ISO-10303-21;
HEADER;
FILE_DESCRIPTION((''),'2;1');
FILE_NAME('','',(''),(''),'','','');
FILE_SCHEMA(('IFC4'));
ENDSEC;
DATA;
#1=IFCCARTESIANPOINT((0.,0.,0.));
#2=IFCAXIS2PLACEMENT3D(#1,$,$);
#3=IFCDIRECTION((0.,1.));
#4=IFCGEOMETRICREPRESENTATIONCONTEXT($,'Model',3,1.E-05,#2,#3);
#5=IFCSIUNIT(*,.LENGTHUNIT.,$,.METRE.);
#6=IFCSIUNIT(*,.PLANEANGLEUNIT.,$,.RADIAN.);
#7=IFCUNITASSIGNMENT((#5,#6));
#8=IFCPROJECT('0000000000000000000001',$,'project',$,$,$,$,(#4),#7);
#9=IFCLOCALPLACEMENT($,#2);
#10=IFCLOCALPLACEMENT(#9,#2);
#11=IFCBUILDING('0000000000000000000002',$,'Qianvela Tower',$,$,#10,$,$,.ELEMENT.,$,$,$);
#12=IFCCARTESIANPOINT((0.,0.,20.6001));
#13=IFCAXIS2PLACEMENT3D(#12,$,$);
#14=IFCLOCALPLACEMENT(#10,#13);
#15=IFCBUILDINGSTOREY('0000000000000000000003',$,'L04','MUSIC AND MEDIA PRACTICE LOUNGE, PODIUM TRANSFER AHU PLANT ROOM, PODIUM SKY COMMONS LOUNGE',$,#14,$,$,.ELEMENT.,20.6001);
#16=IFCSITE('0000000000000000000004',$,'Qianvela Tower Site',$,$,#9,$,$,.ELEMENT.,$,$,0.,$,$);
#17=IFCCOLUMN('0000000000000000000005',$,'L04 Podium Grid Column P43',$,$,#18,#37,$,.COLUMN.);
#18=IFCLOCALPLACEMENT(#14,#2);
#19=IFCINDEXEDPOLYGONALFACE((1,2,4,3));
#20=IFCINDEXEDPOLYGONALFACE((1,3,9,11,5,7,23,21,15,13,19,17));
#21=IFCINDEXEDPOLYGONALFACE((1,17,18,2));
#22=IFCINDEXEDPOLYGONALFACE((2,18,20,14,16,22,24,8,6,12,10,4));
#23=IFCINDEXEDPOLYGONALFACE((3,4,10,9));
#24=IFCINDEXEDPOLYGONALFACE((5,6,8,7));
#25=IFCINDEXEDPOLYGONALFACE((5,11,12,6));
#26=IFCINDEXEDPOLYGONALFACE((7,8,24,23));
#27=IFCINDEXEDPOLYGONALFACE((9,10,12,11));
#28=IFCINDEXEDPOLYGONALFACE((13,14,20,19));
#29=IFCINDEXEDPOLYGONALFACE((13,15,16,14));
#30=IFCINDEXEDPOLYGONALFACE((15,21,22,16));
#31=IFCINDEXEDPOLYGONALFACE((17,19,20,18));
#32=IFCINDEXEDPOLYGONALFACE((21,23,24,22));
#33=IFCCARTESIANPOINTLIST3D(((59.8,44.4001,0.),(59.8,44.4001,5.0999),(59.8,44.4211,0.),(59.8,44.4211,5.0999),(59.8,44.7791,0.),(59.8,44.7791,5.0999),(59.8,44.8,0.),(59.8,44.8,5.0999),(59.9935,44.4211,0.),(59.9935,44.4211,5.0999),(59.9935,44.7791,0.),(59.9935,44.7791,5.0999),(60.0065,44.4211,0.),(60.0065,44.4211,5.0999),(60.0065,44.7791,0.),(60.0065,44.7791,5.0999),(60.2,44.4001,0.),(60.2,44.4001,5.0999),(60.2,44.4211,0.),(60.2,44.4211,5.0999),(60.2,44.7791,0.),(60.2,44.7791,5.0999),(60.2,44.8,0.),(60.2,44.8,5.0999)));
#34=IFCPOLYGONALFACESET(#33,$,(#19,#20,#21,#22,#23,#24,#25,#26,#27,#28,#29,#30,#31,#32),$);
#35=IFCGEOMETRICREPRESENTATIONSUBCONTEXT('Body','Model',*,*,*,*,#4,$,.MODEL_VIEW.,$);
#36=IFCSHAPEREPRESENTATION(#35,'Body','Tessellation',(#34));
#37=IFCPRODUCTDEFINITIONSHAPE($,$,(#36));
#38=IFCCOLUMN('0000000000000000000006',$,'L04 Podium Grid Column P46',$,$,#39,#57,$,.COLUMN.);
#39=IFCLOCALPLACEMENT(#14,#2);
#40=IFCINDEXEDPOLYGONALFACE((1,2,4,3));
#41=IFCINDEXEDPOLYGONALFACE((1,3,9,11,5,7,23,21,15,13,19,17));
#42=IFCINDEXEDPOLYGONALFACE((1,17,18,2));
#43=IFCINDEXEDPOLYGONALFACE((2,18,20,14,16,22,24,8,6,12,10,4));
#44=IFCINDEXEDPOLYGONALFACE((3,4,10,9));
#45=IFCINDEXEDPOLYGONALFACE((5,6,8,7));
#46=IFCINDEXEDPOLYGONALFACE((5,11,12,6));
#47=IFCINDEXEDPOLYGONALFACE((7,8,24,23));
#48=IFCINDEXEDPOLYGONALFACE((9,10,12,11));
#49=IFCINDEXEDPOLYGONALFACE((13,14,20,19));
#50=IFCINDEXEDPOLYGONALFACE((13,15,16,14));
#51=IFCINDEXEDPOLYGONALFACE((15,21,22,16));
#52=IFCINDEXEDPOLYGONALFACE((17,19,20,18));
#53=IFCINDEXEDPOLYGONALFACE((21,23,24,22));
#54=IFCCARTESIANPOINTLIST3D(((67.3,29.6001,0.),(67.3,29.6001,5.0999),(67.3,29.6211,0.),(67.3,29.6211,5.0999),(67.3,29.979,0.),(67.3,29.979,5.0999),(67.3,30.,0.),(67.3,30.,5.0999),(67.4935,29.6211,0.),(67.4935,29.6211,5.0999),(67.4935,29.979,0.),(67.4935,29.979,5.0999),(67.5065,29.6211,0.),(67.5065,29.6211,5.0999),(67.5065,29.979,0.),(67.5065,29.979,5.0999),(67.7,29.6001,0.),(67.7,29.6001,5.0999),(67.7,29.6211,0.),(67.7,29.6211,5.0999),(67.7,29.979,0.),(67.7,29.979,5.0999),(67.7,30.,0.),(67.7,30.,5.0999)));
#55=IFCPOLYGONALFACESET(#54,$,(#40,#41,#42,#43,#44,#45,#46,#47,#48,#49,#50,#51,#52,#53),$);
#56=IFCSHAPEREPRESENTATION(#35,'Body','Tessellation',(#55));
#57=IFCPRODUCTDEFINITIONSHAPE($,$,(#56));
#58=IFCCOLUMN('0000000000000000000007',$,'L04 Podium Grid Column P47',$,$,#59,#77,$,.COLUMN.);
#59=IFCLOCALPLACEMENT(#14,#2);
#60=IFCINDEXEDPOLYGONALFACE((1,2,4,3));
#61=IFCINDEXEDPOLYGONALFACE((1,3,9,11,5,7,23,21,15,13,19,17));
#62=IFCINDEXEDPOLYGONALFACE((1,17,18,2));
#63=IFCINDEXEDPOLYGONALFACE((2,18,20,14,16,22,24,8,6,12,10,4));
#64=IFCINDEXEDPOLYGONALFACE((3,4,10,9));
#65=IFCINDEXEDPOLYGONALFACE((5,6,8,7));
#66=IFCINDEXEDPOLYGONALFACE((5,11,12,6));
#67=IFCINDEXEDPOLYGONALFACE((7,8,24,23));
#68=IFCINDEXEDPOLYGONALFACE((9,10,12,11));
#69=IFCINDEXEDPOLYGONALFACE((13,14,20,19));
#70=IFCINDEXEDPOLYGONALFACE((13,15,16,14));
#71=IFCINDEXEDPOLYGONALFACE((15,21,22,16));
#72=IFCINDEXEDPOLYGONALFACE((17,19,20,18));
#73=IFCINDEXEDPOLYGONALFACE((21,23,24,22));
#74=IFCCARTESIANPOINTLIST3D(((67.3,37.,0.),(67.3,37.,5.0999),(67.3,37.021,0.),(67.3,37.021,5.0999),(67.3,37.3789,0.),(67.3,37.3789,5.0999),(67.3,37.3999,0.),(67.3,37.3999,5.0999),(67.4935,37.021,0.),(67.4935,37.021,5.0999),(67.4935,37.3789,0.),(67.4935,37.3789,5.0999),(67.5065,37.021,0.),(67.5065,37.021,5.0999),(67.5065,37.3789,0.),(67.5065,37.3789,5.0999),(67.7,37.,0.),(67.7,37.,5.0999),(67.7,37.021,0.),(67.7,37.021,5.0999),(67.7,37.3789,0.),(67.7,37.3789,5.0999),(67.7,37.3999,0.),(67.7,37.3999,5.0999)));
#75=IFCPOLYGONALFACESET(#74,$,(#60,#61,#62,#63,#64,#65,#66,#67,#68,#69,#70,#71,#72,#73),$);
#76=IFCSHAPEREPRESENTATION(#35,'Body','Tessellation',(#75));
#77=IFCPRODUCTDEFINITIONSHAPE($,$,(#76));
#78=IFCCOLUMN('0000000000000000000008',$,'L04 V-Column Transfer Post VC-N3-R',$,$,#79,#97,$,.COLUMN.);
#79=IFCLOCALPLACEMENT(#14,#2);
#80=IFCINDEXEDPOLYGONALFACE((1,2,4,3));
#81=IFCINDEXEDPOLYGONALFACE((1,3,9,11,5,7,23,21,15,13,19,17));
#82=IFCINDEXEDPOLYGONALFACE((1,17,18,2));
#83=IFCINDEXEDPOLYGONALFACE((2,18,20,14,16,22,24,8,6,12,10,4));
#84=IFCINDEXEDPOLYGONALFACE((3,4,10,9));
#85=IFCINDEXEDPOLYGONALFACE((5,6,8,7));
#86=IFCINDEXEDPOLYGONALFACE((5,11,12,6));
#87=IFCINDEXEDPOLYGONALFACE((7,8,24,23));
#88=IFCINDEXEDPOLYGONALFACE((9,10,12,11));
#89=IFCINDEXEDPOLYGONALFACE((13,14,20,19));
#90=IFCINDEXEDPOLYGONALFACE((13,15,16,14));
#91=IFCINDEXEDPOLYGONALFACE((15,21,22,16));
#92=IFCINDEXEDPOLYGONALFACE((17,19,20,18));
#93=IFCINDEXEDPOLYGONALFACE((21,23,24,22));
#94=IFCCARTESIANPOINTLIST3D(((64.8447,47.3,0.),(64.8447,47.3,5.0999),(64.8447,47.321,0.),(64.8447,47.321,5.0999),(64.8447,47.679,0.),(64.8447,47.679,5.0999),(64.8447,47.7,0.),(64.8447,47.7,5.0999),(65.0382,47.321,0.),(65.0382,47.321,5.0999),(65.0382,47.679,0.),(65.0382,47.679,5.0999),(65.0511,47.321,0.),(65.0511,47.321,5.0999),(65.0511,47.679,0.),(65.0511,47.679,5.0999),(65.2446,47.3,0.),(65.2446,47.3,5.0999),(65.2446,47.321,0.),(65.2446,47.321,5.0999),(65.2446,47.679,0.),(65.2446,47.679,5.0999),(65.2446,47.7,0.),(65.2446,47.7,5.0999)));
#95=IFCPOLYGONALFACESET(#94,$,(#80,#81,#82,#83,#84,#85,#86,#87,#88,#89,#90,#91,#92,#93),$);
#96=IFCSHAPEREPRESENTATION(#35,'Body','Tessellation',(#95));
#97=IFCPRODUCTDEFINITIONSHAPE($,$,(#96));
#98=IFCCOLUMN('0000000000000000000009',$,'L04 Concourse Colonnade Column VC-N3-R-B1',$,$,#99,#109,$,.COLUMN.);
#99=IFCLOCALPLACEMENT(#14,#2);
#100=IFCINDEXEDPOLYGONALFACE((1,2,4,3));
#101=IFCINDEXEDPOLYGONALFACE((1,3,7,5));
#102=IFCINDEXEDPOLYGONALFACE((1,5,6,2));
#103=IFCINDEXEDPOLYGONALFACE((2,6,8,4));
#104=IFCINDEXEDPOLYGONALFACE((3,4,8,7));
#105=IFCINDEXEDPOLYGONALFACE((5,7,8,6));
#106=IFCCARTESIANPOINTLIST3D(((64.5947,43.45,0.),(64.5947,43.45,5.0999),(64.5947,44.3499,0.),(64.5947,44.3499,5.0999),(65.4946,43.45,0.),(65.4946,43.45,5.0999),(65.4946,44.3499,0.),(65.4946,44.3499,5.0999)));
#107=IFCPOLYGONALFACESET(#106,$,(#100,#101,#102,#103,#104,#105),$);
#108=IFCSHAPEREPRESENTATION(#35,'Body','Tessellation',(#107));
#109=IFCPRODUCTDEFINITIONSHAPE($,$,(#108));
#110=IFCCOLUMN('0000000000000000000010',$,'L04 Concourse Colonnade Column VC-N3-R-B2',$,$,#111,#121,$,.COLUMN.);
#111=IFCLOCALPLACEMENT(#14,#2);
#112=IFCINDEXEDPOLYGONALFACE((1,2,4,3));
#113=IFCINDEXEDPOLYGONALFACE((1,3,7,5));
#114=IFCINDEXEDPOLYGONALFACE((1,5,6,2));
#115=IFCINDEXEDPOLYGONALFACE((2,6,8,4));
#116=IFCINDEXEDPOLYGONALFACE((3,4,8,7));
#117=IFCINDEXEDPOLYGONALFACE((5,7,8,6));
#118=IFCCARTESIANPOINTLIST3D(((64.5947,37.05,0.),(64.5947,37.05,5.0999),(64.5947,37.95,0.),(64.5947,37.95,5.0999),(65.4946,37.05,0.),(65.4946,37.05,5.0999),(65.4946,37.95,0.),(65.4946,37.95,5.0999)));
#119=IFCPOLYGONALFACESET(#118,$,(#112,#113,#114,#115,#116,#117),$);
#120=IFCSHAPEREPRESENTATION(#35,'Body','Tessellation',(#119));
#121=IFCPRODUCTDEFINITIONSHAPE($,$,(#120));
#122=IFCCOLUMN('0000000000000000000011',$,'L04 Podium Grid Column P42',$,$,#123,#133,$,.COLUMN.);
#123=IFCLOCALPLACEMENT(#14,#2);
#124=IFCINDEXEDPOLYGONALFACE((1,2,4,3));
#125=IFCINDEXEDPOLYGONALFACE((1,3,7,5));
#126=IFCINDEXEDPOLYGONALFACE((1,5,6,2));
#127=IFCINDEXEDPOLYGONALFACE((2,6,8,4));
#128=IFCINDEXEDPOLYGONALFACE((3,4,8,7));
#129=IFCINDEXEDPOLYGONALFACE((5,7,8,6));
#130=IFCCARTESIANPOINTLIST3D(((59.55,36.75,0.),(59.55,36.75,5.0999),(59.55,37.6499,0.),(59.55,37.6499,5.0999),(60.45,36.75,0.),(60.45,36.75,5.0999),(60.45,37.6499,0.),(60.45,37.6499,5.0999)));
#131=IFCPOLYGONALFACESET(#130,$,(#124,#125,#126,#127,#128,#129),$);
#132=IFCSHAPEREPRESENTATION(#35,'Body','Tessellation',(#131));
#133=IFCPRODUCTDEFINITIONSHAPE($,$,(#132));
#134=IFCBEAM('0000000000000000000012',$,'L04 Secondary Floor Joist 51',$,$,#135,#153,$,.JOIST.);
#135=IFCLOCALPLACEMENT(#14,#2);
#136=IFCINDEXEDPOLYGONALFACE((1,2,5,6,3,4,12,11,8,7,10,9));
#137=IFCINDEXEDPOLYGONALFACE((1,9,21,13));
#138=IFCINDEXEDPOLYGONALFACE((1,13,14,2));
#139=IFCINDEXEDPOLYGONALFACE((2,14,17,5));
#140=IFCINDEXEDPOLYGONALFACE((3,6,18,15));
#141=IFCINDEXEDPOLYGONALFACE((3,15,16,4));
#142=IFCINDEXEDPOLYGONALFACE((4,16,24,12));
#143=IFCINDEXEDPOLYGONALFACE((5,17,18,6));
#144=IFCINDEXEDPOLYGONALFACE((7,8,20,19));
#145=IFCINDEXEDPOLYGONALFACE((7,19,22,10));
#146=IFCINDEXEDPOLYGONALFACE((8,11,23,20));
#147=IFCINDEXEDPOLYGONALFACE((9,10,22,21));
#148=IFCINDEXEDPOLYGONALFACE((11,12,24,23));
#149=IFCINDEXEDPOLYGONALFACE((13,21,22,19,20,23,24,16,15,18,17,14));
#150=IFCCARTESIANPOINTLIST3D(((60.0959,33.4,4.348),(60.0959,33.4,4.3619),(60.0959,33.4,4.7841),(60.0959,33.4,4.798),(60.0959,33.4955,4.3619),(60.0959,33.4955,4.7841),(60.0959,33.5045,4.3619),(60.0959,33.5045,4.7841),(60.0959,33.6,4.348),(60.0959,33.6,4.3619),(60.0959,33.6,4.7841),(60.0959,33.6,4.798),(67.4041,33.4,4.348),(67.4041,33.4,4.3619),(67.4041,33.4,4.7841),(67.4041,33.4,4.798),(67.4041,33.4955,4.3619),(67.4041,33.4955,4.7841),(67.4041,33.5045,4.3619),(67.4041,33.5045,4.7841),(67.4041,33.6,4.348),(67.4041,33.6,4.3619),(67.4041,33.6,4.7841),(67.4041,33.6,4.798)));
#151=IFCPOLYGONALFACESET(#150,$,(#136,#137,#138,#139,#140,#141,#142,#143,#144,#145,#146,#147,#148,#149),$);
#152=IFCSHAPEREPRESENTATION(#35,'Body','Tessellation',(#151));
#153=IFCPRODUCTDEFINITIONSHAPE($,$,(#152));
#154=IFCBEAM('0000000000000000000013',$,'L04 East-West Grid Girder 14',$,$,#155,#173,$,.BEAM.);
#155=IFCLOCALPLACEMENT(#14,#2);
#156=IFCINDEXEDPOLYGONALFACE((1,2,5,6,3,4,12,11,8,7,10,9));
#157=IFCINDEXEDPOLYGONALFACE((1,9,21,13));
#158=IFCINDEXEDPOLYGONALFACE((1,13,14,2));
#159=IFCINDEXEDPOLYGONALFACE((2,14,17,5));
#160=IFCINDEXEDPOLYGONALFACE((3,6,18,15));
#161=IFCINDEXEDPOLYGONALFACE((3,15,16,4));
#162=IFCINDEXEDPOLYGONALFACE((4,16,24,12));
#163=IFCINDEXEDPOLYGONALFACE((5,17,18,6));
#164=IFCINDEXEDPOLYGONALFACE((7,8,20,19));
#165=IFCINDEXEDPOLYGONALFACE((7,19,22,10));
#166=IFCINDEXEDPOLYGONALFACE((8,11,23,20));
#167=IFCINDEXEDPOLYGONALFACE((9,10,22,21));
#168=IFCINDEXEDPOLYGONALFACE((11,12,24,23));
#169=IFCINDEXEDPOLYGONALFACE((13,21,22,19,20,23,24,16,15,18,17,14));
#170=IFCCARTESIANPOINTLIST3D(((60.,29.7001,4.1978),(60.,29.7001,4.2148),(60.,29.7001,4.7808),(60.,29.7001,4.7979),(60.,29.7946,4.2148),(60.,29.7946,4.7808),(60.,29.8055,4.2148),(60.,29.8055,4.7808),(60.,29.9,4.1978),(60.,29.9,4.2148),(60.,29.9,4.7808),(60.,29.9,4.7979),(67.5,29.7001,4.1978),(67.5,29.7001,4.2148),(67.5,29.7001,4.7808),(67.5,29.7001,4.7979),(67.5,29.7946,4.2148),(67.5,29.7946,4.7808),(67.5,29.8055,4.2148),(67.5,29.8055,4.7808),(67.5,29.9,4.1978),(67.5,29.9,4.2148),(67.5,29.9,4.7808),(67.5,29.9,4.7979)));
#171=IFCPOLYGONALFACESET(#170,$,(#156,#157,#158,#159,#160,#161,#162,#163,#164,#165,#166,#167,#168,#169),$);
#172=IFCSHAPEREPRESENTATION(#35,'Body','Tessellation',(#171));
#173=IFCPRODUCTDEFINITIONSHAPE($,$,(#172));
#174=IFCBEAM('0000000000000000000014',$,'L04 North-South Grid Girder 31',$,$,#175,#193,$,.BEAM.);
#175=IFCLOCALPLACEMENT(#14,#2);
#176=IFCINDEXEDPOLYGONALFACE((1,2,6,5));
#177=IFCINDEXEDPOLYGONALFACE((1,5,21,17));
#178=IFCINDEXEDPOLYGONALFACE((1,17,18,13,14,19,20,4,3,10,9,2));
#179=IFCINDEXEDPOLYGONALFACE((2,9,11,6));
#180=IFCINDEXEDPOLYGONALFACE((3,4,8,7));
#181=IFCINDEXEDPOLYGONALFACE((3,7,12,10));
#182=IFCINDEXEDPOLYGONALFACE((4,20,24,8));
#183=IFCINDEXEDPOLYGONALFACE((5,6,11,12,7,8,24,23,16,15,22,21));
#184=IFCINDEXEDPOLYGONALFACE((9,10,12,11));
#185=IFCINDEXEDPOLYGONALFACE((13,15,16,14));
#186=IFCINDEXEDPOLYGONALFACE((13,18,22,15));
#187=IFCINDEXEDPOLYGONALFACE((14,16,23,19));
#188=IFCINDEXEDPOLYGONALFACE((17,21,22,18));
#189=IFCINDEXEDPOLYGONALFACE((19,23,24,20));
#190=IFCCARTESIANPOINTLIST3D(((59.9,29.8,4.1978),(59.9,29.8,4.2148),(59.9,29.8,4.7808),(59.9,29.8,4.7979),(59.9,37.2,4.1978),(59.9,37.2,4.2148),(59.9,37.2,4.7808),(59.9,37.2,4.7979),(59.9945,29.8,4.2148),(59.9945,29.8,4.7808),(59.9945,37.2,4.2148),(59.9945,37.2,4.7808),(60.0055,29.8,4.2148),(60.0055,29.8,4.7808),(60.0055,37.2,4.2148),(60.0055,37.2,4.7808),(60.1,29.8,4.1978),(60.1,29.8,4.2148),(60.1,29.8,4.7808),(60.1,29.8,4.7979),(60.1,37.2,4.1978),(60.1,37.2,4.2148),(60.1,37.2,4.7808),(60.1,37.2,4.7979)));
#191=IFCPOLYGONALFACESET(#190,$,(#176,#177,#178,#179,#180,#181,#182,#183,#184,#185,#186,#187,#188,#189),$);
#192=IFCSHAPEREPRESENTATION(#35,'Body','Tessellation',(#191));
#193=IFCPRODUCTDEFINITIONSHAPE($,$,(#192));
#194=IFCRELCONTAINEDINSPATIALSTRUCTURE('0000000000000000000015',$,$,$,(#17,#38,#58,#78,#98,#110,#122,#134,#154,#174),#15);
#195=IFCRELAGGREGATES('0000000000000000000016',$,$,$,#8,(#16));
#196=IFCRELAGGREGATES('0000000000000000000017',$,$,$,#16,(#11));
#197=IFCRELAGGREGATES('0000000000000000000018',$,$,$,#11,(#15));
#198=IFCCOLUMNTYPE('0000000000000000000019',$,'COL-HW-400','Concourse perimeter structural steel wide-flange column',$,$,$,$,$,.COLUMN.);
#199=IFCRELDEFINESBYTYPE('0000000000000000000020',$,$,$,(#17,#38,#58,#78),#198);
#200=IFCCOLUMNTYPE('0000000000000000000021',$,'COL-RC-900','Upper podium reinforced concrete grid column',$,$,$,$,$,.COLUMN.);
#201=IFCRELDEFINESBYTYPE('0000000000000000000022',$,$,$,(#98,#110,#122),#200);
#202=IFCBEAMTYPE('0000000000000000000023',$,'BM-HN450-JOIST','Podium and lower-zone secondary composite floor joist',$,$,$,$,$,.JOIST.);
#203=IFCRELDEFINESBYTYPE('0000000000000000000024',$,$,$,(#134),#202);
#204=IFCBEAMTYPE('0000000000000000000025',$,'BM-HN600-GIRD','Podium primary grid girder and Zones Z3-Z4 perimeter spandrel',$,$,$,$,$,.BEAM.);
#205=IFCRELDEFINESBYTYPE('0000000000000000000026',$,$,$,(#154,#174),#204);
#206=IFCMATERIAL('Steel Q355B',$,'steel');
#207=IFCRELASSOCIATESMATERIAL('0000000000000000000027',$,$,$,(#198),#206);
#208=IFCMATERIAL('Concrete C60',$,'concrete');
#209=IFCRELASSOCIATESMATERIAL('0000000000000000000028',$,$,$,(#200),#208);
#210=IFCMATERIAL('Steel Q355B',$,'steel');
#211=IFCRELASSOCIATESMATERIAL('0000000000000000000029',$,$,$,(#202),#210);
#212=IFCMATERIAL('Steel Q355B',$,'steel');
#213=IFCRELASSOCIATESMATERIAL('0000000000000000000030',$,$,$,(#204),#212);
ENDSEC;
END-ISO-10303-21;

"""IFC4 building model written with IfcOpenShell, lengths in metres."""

from ifc_helpers import new_model, si_unit, direction, frame, origin, origin_2d, place, context, subcontext, project, spatial, rectangle, i_section, extrude, material, material_profile, profile_set, type_object, element, save


model = new_model("IFC4")

# Units and contexts
model_context = context("Model", 3, precision=1e-05, world=origin(), true_north=direction((0.0, 1.0)))
body_context = subcontext(model_context, "Body", "Model", "MODEL_VIEW")
ifc_project = project(units=[si_unit("LENGTHUNIT", "METRE"), si_unit("PLANEANGLEUNIT", "RADIAN")], contexts=[model_context])

# Site, building, storey
site_placement = place(None, origin())
site = spatial("IfcSite", under=ifc_project, at=site_placement, Name="Qianvela Tower Site", CompositionType="ELEMENT", RefElevation=0.0)
building_placement = place(site_placement, origin())
building = spatial("IfcBuilding", under=site, at=building_placement, Name="Qianvela Tower", CompositionType="ELEMENT")
storey_placement = place(building_placement, frame((0.0, 0.0, 20.6001)))
storey = spatial("IfcBuildingStorey", under=building, at=storey_placement, Name="L04", Description="MUSIC AND MEDIA PRACTICE LOUNGE, PODIUM TRANSFER AHU PLANT ROOM, PODIUM SKY COMMONS LOUNGE", CompositionType="ELEMENT", Elevation=20.6001)

# Columns
ifc_material_1 = material(Name="Steel Q355B", Category="steel")
ifc_material_profile_1 = material_profile(ifc_material_1, i_section(OverallWidth=0.3999, OverallDepth=0.3999, WebThickness=0.0129, FlangeThickness=0.021, at=origin_2d()), Name="HW400x400x13x21")
ifc_profile_set_1 = profile_set([ifc_material_profile_1], Name="Steel Q355B")
column_type_1 = type_object("IfcColumnType", Name="COL-HW-400", Description="Concourse perimeter structural steel wide-flange column", PredefinedType="COLUMN", material=ifc_profile_set_1)
for number, where, z_axis, x_axis, name in (
    (1, (60.0, 44.6001, 0.0), (0.0, 0.0, 1.0), (1.0, 0.0, 0.0), "L04 Podium Grid Column P43"),
    (2, (67.5, 29.8, 0.0), (0.0, 0.0, 1.0), (1.0, 0.0, 0.0), "L04 Podium Grid Column P46"),
    (3, (67.5, 37.2, 0.0), (0.0, 0.0, 1.0), (1.0, 0.0, 0.0), "L04 Podium Grid Column P47"),
    (4, (65.0447, 47.5, 0.0), (0.0, 0.0, 1.0), (1.0, 0.0, 0.0), "L04 V-Column Transfer Post VC-N3-R"),
):
    element("IfcColumn", number, at=place(storey_placement, frame(where, z_axis=z_axis, x_axis=x_axis)), inside=storey, type_object=column_type_1, Name=name, PredefinedType="COLUMN", context=body_context, shape_type="SweptSolid", body=[
        extrude(i_section(OverallWidth=0.3999, OverallDepth=0.3999, WebThickness=0.0129, FlangeThickness=0.021, at=origin_2d()), origin(), (0.0, 0.0, 1.0), 5.0999),
    ])
ifc_material_2 = material(Name="Concrete C60", Category="concrete")
ifc_material_profile_2 = material_profile(ifc_material_2, rectangle(XDim=0.8999, YDim=0.8999, at=origin_2d()), Name="RC-COL-900x900")
ifc_profile_set_2 = profile_set([ifc_material_profile_2], Name="Concrete C60")
column_type_2 = type_object("IfcColumnType", Name="COL-RC-900", Description="Upper podium reinforced concrete grid column", PredefinedType="COLUMN", material=ifc_profile_set_2)
for number, where, z_axis, x_axis, name in (
    (5, (65.0447, 43.8999, 0.0), (0.0, 0.0, 1.0), (1.0, 0.0, 0.0), "L04 Concourse Colonnade Column VC-N3-R-B1"),
    (6, (65.0447, 37.5, 0.0), (0.0, 0.0, 1.0), (1.0, 0.0, 0.0), "L04 Concourse Colonnade Column VC-N3-R-B2"),
    (7, (60.0, 37.2, 0.0), (0.0, 0.0, 1.0), (1.0, 0.0, 0.0), "L04 Podium Grid Column P42"),
):
    element("IfcColumn", number, at=place(storey_placement, frame(where, z_axis=z_axis, x_axis=x_axis)), inside=storey, type_object=column_type_2, Name=name, PredefinedType="COLUMN", context=body_context, shape_type="SweptSolid", body=[
        extrude(rectangle(XDim=0.8999, YDim=0.8999, at=origin_2d()), origin(), (0.0, 0.0, 1.0), 5.0999),
    ])

# Beams
ifc_material_3 = material(Name="Steel Q355B", Category="steel")
ifc_material_profile_3 = material_profile(ifc_material_3, i_section(OverallWidth=0.2, OverallDepth=0.45, WebThickness=0.009, FlangeThickness=0.0139, at=origin_2d()), Name="HN450x200x9x14")
ifc_profile_set_3 = profile_set([ifc_material_profile_3], Name="Steel Q355B")
beam_type_1 = type_object("IfcBeamType", Name="BM-HN450-JOIST", Description="Podium and lower-zone secondary composite floor joist", PredefinedType="JOIST", material=ifc_profile_set_3)
beam_1_placement = place(storey_placement, frame((60.0959, 33.5, 4.573), z_axis=(1.0, 0.0, 0.0), x_axis=(0.0, 1.0, 0.0)))
element("IfcBeam", 8, at=beam_1_placement, inside=storey, type_object=beam_type_1, Name="L04 Secondary Floor Joist 51", PredefinedType="JOIST", context=body_context, shape_type="SweptSolid", body=[
    extrude(i_section(OverallWidth=0.2, OverallDepth=0.45, WebThickness=0.009, FlangeThickness=0.0139, at=origin_2d()), origin(), (0.0, 0.0, 1.0), 7.3081),
])
ifc_material_4 = material(Name="Steel Q355B", Category="steel")
ifc_material_profile_4 = material_profile(ifc_material_4, i_section(OverallWidth=0.2, OverallDepth=0.6001, WebThickness=0.011, FlangeThickness=0.0171, at=origin_2d()), Name="HN600x200x11x17")
ifc_profile_set_4 = profile_set([ifc_material_profile_4], Name="Steel Q355B")
beam_type_2 = type_object("IfcBeamType", Name="BM-HN600-GIRD", Description="Podium primary grid girder and Zones Z3-Z4 perimeter spandrel", PredefinedType="BEAM", material=ifc_profile_set_4)
beam_2_placement = place(storey_placement, frame((60.0, 29.8, 4.4978), z_axis=(1.0, 0.0, 0.0), x_axis=(0.0, 1.0, 0.0)))
element("IfcBeam", 9, at=beam_2_placement, inside=storey, type_object=beam_type_2, Name="L04 East-West Grid Girder 14", PredefinedType="BEAM", context=body_context, shape_type="SweptSolid", body=[
    extrude(i_section(OverallWidth=0.2, OverallDepth=0.6001, WebThickness=0.011, FlangeThickness=0.0171, at=origin_2d()), origin(), (0.0, 0.0, 1.0), 7.5),
])
beam_3_placement = place(storey_placement, frame((60.0, 29.8, 4.4978), z_axis=(0.0, 1.0, 0.0), x_axis=(-1.0, 0.0, 0.0)))
element("IfcBeam", 10, at=beam_3_placement, inside=storey, type_object=beam_type_2, Name="L04 North-South Grid Girder 31", PredefinedType="BEAM", context=body_context, shape_type="SweptSolid", body=[
    extrude(i_section(OverallWidth=0.2, OverallDepth=0.6001, WebThickness=0.011, FlangeThickness=0.0171, at=origin_2d()), origin(), (0.0, 0.0, 1.0), 7.3999),
])

save(model, "model.ifc")
